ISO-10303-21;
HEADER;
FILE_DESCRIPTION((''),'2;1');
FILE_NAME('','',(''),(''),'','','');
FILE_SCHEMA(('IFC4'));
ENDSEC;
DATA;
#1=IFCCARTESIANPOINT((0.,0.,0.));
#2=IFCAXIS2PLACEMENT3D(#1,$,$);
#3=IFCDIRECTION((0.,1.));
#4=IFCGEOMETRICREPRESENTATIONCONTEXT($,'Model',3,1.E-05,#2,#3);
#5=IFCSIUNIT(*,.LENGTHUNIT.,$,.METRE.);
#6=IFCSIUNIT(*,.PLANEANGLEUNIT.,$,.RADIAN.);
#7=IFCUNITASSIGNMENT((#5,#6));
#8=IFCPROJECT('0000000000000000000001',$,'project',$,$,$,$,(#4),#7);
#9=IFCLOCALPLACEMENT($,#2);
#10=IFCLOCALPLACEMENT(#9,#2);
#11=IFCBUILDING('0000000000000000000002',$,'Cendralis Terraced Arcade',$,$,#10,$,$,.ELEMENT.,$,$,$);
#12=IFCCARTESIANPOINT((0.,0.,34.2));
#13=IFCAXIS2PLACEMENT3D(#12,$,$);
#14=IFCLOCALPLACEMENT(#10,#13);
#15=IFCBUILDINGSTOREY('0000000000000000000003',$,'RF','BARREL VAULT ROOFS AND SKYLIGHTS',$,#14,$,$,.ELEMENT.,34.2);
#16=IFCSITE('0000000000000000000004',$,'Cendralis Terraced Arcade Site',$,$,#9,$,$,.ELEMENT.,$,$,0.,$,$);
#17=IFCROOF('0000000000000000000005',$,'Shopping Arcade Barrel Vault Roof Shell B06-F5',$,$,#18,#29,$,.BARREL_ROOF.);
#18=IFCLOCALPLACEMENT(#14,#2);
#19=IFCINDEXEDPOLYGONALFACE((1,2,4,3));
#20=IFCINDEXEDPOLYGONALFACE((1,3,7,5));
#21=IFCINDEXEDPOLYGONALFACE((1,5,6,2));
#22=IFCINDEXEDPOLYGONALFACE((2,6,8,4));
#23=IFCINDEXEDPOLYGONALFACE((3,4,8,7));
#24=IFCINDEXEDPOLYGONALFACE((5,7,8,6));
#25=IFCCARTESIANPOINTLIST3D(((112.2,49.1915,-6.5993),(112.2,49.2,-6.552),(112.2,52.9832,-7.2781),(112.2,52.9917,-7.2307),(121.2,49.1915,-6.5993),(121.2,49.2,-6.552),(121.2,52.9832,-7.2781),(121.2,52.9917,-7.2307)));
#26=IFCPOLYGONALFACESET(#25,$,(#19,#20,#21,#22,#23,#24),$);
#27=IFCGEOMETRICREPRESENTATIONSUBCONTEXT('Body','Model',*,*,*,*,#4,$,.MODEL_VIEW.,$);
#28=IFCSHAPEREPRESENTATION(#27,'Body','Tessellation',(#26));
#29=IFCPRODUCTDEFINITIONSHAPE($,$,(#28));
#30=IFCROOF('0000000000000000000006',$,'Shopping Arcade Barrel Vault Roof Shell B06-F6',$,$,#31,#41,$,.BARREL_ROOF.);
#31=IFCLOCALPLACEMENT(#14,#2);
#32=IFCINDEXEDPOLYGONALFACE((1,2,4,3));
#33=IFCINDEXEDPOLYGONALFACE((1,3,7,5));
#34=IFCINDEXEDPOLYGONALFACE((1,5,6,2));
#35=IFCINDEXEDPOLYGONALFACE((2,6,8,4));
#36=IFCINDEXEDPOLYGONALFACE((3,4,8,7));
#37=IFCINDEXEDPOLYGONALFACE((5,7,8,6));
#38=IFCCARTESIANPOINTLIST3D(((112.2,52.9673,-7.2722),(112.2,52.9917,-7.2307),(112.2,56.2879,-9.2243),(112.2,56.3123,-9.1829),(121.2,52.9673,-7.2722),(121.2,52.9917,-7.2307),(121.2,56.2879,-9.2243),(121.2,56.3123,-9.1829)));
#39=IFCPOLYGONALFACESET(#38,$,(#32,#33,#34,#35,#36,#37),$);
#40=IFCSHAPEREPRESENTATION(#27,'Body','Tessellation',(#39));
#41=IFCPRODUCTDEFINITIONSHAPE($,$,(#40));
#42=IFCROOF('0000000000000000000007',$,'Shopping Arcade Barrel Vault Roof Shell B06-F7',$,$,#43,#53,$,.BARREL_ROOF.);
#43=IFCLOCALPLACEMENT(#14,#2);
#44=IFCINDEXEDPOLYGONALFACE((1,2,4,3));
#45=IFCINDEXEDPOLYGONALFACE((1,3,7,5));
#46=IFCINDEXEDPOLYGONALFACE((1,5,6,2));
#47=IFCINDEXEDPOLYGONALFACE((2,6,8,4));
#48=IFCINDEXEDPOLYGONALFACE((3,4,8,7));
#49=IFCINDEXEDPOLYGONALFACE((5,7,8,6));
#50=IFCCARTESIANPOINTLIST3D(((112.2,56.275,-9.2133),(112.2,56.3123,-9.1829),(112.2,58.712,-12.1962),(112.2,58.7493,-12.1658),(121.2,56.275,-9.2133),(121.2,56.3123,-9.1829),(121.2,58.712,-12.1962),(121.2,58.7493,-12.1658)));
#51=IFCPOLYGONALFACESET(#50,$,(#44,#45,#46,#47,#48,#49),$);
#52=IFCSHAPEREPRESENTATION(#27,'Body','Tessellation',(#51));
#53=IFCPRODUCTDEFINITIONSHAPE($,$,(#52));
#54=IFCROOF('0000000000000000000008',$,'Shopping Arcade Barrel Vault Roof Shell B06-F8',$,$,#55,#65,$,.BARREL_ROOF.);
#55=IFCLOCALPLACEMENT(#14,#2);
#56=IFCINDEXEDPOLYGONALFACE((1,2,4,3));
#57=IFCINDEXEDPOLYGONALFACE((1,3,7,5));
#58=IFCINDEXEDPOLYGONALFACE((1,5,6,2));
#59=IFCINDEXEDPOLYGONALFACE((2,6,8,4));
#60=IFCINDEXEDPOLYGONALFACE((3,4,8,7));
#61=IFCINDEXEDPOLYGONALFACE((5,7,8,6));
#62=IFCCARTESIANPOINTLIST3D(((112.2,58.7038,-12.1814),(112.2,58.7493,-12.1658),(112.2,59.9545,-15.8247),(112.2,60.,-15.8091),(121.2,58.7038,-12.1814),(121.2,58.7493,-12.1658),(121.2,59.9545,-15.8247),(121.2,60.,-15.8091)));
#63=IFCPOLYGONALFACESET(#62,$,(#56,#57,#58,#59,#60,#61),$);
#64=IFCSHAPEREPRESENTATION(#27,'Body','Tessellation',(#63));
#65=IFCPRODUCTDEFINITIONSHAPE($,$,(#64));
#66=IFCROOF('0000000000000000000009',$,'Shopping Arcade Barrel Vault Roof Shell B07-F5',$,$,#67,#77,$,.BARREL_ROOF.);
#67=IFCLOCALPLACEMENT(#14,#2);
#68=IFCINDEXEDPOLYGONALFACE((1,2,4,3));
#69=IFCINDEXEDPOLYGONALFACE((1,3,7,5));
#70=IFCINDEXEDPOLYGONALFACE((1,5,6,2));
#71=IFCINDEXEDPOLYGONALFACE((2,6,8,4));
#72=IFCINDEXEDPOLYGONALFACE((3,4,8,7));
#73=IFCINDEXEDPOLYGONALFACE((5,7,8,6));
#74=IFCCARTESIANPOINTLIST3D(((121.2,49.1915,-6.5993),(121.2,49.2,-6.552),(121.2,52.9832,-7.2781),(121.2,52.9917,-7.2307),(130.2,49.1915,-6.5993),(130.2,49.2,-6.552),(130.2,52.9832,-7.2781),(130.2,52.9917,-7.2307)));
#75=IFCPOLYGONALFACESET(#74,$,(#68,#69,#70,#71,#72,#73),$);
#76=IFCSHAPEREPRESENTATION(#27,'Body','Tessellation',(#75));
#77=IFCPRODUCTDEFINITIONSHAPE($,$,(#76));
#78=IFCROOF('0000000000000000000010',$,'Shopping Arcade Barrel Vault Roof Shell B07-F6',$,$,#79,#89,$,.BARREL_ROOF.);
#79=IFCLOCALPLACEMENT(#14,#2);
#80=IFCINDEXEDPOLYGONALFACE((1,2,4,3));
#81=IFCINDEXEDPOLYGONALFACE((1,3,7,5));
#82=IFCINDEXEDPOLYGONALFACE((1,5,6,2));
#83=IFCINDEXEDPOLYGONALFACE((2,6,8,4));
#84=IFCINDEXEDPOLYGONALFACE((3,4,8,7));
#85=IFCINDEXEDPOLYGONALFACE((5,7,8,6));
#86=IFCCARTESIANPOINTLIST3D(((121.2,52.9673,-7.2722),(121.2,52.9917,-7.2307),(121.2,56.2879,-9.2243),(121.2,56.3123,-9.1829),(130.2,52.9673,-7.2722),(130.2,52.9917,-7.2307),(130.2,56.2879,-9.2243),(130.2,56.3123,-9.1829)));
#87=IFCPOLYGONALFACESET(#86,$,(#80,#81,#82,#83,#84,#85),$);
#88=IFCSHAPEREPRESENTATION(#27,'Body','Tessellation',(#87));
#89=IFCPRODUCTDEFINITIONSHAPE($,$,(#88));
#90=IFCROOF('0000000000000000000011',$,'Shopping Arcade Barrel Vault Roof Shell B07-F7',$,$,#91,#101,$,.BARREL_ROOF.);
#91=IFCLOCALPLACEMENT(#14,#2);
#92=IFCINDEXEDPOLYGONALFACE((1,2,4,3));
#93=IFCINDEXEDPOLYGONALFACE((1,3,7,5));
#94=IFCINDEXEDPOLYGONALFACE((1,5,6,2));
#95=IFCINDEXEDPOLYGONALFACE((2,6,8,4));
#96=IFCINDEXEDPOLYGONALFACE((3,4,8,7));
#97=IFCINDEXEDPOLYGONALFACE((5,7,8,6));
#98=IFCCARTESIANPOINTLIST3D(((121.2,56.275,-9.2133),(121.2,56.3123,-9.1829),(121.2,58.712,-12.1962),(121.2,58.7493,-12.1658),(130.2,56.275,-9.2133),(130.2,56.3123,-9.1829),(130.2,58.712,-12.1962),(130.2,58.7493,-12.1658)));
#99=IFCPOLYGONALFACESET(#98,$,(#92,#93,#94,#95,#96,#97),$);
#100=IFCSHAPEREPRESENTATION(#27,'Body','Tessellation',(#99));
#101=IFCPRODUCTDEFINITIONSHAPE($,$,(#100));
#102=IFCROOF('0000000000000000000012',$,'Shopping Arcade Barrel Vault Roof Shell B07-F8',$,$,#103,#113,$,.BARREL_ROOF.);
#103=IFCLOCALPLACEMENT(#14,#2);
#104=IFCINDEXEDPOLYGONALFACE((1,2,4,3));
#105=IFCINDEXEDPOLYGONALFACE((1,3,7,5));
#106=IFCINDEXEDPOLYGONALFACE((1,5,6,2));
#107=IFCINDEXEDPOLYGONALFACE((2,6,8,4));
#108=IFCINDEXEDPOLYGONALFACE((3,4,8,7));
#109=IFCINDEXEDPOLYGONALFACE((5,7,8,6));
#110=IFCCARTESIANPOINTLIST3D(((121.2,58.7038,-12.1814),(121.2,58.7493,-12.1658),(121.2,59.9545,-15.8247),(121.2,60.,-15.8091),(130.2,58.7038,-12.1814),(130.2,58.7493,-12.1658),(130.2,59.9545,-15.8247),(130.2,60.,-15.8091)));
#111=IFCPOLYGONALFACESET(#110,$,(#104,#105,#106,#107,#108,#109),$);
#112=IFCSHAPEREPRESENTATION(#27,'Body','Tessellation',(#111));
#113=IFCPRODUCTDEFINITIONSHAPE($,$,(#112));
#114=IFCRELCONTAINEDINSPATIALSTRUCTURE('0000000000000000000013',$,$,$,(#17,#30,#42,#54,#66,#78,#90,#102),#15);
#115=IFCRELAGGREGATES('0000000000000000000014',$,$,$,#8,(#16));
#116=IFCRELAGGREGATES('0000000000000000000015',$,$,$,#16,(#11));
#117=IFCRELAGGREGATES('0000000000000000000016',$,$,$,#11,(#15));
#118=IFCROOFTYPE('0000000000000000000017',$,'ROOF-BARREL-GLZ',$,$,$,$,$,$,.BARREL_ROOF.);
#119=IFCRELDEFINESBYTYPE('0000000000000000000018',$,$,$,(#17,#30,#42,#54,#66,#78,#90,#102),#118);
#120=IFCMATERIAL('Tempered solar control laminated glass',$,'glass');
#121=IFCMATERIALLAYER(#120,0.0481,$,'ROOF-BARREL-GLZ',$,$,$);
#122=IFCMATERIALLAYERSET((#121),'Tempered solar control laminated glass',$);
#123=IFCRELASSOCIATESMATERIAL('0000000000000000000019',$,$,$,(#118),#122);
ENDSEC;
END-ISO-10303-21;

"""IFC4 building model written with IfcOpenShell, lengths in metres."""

from ifc_helpers import new_model, si_unit, direction, frame, origin, place, context, subcontext, project, spatial, polyline, outline, extrude, material, layer, layer_set, type_object, element, save


model = new_model("IFC4")

# Units and contexts
model_context = context("Model", 3, precision=1e-05, world=origin(), true_north=direction((0.0, 1.0)))
body_context = subcontext(model_context, "Body", "Model", "MODEL_VIEW")
ifc_project = project(units=[si_unit("LENGTHUNIT", "METRE"), si_unit("PLANEANGLEUNIT", "RADIAN")], contexts=[model_context])

# Site, building, storey
site_placement = place(None, origin())
site = spatial("IfcSite", under=ifc_project, at=site_placement, Name="Cendralis Terraced Arcade Site", CompositionType="ELEMENT", RefElevation=0.0)
building_placement = place(site_placement, origin())
building = spatial("IfcBuilding", under=site, at=building_placement, Name="Cendralis Terraced Arcade", CompositionType="ELEMENT")
storey_placement = place(building_placement, frame((0.0, 0.0, 34.2)))
storey = spatial("IfcBuildingStorey", under=building, at=storey_placement, Name="RF", Description="BARREL VAULT ROOFS AND SKYLIGHTS", CompositionType="ELEMENT", Elevation=34.2)

# Roofs
ifc_material_1 = material(Name="Tempered solar control laminated glass", Category="glass")
ifc_layer = layer(ifc_material_1, 0.0481, Name="ROOF-BARREL-GLZ")
ifc_layer_set = layer_set([ifc_layer], Name="Tempered solar control laminated glass")
roof_type = type_object("IfcRoofType", Name="ROOF-BARREL-GLZ", PredefinedType="BARREL_ROOF", material=ifc_layer_set)
roof_1_placement = place(storey_placement, frame((112.2, 49.2, -6.552), z_axis=(0.0, 0.176196, 0.984355), x_axis=(1.0, 0.0, 0.0)))
element("IfcRoof", 1, at=roof_1_placement, inside=storey, type_object=roof_type, Name="Shopping Arcade Barrel Vault Roof Shell B06-F5", PredefinedType="BARREL_ROOF", context=body_context, shape_type="SweptSolid", body=[
    extrude(outline(polyline([(0.0, 0.0), (9.0, 0.0), (9.0, 3.852), (0.0, 3.852), (0.0, 0.0)])), origin(), (0.0, 0.0, -1.0), 0.0481),
])
roof_2_placement = place(storey_placement, frame((112.2, 52.9917, -7.2307), z_axis=(0.0, 0.506804, 0.862061), x_axis=(1.0, 0.0, 0.0)))
element("IfcRoof", 2, at=roof_2_placement, inside=storey, type_object=roof_type, Name="Shopping Arcade Barrel Vault Roof Shell B06-F6", PredefinedType="BARREL_ROOF", context=body_context, shape_type="SweptSolid", body=[
    extrude(outline(polyline([(0.0, 0.0), (9.0, 0.0), (9.0, 3.8519), (0.0, 3.8519), (0.0, 0.0)])), origin(), (0.0, 0.0, -1.0), 0.0481),
])
roof_3_placement = place(storey_placement, frame((112.2, 56.3123, -9.1829), z_axis=(0.0, 0.774409, 0.632685), x_axis=(1.0, 0.0, 0.0)))
element("IfcRoof", 3, at=roof_3_placement, inside=storey, type_object=roof_type, Name="Shopping Arcade Barrel Vault Roof Shell B06-F7", PredefinedType="BARREL_ROOF", context=body_context, shape_type="SweptSolid", body=[
    extrude(outline(polyline([(0.0, 0.0), (9.0, 0.0), (9.0, 3.8519), (0.0, 3.8519), (0.0, 0.0)])), origin(), (0.0, 0.0, -1.0), 0.0481),
])
roof_4_placement = place(storey_placement, frame((112.2, 58.7493, -12.1658), z_axis=(0.0, 0.945819, 0.324695), x_axis=(1.0, 0.0, 0.0)))
element("IfcRoof", 4, at=roof_4_placement, inside=storey, type_object=roof_type, Name="Shopping Arcade Barrel Vault Roof Shell B06-F8", PredefinedType="BARREL_ROOF", context=body_context, shape_type="SweptSolid", body=[
    extrude(outline(polyline([(0.0, 0.0), (9.0, 0.0), (9.0, 3.852), (0.0, 3.852), (0.0, 0.0)])), origin(), (0.0, 0.0, -1.0), 0.0481),
])
roof_5_placement = place(storey_placement, frame((121.2, 49.2, -6.552), z_axis=(0.0, 0.176196, 0.984355), x_axis=(1.0, 0.0, 0.0)))
element("IfcRoof", 5, at=roof_5_placement, inside=storey, type_object=roof_type, Name="Shopping Arcade Barrel Vault Roof Shell B07-F5", PredefinedType="BARREL_ROOF", context=body_context, shape_type="SweptSolid", body=[
    extrude(outline(polyline([(0.0, 0.0), (9.0, 0.0), (9.0, 3.852), (0.0, 3.852), (0.0, 0.0)])), origin(), (0.0, 0.0, -1.0), 0.0481),
])
roof_6_placement = place(storey_placement, frame((121.2, 52.9917, -7.2307), z_axis=(0.0, 0.506804, 0.862061), x_axis=(1.0, 0.0, 0.0)))
element("IfcRoof", 6, at=roof_6_placement, inside=storey, type_object=roof_type, Name="Shopping Arcade Barrel Vault Roof Shell B07-F6", PredefinedType="BARREL_ROOF", context=body_context, shape_type="SweptSolid", body=[
    extrude(outline(polyline([(0.0, 0.0), (9.0, 0.0), (9.0, 3.8519), (0.0, 3.8519), (0.0, 0.0)])), origin(), (0.0, 0.0, -1.0), 0.0481),
])
roof_7_placement = place(storey_placement, frame((121.2, 56.3123, -9.1829), z_axis=(0.0, 0.774409, 0.632685), x_axis=(1.0, 0.0, 0.0)))
element("IfcRoof", 7, at=roof_7_placement, inside=storey, type_object=roof_type, Name="Shopping Arcade Barrel Vault Roof Shell B07-F7", PredefinedType="BARREL_ROOF", context=body_context, shape_type="SweptSolid", body=[
    extrude(outline(polyline([(0.0, 0.0), (9.0, 0.0), (9.0, 3.8519), (0.0, 3.8519), (0.0, 0.0)])), origin(), (0.0, 0.0, -1.0), 0.0481),
])
roof_8_placement = place(storey_placement, frame((121.2, 58.7493, -12.1658), z_axis=(0.0, 0.945819, 0.324695), x_axis=(1.0, 0.0, 0.0)))
element("IfcRoof", 8, at=roof_8_placement, inside=storey, type_object=roof_type, Name="Shopping Arcade Barrel Vault Roof Shell B07-F8", PredefinedType="BARREL_ROOF", context=body_context, shape_type="SweptSolid", body=[
    extrude(outline(polyline([(0.0, 0.0), (9.0, 0.0), (9.0, 3.852), (0.0, 3.852), (0.0, 0.0)])), origin(), (0.0, 0.0, -1.0), 0.0481),
])

save(model, "model.ifc")
